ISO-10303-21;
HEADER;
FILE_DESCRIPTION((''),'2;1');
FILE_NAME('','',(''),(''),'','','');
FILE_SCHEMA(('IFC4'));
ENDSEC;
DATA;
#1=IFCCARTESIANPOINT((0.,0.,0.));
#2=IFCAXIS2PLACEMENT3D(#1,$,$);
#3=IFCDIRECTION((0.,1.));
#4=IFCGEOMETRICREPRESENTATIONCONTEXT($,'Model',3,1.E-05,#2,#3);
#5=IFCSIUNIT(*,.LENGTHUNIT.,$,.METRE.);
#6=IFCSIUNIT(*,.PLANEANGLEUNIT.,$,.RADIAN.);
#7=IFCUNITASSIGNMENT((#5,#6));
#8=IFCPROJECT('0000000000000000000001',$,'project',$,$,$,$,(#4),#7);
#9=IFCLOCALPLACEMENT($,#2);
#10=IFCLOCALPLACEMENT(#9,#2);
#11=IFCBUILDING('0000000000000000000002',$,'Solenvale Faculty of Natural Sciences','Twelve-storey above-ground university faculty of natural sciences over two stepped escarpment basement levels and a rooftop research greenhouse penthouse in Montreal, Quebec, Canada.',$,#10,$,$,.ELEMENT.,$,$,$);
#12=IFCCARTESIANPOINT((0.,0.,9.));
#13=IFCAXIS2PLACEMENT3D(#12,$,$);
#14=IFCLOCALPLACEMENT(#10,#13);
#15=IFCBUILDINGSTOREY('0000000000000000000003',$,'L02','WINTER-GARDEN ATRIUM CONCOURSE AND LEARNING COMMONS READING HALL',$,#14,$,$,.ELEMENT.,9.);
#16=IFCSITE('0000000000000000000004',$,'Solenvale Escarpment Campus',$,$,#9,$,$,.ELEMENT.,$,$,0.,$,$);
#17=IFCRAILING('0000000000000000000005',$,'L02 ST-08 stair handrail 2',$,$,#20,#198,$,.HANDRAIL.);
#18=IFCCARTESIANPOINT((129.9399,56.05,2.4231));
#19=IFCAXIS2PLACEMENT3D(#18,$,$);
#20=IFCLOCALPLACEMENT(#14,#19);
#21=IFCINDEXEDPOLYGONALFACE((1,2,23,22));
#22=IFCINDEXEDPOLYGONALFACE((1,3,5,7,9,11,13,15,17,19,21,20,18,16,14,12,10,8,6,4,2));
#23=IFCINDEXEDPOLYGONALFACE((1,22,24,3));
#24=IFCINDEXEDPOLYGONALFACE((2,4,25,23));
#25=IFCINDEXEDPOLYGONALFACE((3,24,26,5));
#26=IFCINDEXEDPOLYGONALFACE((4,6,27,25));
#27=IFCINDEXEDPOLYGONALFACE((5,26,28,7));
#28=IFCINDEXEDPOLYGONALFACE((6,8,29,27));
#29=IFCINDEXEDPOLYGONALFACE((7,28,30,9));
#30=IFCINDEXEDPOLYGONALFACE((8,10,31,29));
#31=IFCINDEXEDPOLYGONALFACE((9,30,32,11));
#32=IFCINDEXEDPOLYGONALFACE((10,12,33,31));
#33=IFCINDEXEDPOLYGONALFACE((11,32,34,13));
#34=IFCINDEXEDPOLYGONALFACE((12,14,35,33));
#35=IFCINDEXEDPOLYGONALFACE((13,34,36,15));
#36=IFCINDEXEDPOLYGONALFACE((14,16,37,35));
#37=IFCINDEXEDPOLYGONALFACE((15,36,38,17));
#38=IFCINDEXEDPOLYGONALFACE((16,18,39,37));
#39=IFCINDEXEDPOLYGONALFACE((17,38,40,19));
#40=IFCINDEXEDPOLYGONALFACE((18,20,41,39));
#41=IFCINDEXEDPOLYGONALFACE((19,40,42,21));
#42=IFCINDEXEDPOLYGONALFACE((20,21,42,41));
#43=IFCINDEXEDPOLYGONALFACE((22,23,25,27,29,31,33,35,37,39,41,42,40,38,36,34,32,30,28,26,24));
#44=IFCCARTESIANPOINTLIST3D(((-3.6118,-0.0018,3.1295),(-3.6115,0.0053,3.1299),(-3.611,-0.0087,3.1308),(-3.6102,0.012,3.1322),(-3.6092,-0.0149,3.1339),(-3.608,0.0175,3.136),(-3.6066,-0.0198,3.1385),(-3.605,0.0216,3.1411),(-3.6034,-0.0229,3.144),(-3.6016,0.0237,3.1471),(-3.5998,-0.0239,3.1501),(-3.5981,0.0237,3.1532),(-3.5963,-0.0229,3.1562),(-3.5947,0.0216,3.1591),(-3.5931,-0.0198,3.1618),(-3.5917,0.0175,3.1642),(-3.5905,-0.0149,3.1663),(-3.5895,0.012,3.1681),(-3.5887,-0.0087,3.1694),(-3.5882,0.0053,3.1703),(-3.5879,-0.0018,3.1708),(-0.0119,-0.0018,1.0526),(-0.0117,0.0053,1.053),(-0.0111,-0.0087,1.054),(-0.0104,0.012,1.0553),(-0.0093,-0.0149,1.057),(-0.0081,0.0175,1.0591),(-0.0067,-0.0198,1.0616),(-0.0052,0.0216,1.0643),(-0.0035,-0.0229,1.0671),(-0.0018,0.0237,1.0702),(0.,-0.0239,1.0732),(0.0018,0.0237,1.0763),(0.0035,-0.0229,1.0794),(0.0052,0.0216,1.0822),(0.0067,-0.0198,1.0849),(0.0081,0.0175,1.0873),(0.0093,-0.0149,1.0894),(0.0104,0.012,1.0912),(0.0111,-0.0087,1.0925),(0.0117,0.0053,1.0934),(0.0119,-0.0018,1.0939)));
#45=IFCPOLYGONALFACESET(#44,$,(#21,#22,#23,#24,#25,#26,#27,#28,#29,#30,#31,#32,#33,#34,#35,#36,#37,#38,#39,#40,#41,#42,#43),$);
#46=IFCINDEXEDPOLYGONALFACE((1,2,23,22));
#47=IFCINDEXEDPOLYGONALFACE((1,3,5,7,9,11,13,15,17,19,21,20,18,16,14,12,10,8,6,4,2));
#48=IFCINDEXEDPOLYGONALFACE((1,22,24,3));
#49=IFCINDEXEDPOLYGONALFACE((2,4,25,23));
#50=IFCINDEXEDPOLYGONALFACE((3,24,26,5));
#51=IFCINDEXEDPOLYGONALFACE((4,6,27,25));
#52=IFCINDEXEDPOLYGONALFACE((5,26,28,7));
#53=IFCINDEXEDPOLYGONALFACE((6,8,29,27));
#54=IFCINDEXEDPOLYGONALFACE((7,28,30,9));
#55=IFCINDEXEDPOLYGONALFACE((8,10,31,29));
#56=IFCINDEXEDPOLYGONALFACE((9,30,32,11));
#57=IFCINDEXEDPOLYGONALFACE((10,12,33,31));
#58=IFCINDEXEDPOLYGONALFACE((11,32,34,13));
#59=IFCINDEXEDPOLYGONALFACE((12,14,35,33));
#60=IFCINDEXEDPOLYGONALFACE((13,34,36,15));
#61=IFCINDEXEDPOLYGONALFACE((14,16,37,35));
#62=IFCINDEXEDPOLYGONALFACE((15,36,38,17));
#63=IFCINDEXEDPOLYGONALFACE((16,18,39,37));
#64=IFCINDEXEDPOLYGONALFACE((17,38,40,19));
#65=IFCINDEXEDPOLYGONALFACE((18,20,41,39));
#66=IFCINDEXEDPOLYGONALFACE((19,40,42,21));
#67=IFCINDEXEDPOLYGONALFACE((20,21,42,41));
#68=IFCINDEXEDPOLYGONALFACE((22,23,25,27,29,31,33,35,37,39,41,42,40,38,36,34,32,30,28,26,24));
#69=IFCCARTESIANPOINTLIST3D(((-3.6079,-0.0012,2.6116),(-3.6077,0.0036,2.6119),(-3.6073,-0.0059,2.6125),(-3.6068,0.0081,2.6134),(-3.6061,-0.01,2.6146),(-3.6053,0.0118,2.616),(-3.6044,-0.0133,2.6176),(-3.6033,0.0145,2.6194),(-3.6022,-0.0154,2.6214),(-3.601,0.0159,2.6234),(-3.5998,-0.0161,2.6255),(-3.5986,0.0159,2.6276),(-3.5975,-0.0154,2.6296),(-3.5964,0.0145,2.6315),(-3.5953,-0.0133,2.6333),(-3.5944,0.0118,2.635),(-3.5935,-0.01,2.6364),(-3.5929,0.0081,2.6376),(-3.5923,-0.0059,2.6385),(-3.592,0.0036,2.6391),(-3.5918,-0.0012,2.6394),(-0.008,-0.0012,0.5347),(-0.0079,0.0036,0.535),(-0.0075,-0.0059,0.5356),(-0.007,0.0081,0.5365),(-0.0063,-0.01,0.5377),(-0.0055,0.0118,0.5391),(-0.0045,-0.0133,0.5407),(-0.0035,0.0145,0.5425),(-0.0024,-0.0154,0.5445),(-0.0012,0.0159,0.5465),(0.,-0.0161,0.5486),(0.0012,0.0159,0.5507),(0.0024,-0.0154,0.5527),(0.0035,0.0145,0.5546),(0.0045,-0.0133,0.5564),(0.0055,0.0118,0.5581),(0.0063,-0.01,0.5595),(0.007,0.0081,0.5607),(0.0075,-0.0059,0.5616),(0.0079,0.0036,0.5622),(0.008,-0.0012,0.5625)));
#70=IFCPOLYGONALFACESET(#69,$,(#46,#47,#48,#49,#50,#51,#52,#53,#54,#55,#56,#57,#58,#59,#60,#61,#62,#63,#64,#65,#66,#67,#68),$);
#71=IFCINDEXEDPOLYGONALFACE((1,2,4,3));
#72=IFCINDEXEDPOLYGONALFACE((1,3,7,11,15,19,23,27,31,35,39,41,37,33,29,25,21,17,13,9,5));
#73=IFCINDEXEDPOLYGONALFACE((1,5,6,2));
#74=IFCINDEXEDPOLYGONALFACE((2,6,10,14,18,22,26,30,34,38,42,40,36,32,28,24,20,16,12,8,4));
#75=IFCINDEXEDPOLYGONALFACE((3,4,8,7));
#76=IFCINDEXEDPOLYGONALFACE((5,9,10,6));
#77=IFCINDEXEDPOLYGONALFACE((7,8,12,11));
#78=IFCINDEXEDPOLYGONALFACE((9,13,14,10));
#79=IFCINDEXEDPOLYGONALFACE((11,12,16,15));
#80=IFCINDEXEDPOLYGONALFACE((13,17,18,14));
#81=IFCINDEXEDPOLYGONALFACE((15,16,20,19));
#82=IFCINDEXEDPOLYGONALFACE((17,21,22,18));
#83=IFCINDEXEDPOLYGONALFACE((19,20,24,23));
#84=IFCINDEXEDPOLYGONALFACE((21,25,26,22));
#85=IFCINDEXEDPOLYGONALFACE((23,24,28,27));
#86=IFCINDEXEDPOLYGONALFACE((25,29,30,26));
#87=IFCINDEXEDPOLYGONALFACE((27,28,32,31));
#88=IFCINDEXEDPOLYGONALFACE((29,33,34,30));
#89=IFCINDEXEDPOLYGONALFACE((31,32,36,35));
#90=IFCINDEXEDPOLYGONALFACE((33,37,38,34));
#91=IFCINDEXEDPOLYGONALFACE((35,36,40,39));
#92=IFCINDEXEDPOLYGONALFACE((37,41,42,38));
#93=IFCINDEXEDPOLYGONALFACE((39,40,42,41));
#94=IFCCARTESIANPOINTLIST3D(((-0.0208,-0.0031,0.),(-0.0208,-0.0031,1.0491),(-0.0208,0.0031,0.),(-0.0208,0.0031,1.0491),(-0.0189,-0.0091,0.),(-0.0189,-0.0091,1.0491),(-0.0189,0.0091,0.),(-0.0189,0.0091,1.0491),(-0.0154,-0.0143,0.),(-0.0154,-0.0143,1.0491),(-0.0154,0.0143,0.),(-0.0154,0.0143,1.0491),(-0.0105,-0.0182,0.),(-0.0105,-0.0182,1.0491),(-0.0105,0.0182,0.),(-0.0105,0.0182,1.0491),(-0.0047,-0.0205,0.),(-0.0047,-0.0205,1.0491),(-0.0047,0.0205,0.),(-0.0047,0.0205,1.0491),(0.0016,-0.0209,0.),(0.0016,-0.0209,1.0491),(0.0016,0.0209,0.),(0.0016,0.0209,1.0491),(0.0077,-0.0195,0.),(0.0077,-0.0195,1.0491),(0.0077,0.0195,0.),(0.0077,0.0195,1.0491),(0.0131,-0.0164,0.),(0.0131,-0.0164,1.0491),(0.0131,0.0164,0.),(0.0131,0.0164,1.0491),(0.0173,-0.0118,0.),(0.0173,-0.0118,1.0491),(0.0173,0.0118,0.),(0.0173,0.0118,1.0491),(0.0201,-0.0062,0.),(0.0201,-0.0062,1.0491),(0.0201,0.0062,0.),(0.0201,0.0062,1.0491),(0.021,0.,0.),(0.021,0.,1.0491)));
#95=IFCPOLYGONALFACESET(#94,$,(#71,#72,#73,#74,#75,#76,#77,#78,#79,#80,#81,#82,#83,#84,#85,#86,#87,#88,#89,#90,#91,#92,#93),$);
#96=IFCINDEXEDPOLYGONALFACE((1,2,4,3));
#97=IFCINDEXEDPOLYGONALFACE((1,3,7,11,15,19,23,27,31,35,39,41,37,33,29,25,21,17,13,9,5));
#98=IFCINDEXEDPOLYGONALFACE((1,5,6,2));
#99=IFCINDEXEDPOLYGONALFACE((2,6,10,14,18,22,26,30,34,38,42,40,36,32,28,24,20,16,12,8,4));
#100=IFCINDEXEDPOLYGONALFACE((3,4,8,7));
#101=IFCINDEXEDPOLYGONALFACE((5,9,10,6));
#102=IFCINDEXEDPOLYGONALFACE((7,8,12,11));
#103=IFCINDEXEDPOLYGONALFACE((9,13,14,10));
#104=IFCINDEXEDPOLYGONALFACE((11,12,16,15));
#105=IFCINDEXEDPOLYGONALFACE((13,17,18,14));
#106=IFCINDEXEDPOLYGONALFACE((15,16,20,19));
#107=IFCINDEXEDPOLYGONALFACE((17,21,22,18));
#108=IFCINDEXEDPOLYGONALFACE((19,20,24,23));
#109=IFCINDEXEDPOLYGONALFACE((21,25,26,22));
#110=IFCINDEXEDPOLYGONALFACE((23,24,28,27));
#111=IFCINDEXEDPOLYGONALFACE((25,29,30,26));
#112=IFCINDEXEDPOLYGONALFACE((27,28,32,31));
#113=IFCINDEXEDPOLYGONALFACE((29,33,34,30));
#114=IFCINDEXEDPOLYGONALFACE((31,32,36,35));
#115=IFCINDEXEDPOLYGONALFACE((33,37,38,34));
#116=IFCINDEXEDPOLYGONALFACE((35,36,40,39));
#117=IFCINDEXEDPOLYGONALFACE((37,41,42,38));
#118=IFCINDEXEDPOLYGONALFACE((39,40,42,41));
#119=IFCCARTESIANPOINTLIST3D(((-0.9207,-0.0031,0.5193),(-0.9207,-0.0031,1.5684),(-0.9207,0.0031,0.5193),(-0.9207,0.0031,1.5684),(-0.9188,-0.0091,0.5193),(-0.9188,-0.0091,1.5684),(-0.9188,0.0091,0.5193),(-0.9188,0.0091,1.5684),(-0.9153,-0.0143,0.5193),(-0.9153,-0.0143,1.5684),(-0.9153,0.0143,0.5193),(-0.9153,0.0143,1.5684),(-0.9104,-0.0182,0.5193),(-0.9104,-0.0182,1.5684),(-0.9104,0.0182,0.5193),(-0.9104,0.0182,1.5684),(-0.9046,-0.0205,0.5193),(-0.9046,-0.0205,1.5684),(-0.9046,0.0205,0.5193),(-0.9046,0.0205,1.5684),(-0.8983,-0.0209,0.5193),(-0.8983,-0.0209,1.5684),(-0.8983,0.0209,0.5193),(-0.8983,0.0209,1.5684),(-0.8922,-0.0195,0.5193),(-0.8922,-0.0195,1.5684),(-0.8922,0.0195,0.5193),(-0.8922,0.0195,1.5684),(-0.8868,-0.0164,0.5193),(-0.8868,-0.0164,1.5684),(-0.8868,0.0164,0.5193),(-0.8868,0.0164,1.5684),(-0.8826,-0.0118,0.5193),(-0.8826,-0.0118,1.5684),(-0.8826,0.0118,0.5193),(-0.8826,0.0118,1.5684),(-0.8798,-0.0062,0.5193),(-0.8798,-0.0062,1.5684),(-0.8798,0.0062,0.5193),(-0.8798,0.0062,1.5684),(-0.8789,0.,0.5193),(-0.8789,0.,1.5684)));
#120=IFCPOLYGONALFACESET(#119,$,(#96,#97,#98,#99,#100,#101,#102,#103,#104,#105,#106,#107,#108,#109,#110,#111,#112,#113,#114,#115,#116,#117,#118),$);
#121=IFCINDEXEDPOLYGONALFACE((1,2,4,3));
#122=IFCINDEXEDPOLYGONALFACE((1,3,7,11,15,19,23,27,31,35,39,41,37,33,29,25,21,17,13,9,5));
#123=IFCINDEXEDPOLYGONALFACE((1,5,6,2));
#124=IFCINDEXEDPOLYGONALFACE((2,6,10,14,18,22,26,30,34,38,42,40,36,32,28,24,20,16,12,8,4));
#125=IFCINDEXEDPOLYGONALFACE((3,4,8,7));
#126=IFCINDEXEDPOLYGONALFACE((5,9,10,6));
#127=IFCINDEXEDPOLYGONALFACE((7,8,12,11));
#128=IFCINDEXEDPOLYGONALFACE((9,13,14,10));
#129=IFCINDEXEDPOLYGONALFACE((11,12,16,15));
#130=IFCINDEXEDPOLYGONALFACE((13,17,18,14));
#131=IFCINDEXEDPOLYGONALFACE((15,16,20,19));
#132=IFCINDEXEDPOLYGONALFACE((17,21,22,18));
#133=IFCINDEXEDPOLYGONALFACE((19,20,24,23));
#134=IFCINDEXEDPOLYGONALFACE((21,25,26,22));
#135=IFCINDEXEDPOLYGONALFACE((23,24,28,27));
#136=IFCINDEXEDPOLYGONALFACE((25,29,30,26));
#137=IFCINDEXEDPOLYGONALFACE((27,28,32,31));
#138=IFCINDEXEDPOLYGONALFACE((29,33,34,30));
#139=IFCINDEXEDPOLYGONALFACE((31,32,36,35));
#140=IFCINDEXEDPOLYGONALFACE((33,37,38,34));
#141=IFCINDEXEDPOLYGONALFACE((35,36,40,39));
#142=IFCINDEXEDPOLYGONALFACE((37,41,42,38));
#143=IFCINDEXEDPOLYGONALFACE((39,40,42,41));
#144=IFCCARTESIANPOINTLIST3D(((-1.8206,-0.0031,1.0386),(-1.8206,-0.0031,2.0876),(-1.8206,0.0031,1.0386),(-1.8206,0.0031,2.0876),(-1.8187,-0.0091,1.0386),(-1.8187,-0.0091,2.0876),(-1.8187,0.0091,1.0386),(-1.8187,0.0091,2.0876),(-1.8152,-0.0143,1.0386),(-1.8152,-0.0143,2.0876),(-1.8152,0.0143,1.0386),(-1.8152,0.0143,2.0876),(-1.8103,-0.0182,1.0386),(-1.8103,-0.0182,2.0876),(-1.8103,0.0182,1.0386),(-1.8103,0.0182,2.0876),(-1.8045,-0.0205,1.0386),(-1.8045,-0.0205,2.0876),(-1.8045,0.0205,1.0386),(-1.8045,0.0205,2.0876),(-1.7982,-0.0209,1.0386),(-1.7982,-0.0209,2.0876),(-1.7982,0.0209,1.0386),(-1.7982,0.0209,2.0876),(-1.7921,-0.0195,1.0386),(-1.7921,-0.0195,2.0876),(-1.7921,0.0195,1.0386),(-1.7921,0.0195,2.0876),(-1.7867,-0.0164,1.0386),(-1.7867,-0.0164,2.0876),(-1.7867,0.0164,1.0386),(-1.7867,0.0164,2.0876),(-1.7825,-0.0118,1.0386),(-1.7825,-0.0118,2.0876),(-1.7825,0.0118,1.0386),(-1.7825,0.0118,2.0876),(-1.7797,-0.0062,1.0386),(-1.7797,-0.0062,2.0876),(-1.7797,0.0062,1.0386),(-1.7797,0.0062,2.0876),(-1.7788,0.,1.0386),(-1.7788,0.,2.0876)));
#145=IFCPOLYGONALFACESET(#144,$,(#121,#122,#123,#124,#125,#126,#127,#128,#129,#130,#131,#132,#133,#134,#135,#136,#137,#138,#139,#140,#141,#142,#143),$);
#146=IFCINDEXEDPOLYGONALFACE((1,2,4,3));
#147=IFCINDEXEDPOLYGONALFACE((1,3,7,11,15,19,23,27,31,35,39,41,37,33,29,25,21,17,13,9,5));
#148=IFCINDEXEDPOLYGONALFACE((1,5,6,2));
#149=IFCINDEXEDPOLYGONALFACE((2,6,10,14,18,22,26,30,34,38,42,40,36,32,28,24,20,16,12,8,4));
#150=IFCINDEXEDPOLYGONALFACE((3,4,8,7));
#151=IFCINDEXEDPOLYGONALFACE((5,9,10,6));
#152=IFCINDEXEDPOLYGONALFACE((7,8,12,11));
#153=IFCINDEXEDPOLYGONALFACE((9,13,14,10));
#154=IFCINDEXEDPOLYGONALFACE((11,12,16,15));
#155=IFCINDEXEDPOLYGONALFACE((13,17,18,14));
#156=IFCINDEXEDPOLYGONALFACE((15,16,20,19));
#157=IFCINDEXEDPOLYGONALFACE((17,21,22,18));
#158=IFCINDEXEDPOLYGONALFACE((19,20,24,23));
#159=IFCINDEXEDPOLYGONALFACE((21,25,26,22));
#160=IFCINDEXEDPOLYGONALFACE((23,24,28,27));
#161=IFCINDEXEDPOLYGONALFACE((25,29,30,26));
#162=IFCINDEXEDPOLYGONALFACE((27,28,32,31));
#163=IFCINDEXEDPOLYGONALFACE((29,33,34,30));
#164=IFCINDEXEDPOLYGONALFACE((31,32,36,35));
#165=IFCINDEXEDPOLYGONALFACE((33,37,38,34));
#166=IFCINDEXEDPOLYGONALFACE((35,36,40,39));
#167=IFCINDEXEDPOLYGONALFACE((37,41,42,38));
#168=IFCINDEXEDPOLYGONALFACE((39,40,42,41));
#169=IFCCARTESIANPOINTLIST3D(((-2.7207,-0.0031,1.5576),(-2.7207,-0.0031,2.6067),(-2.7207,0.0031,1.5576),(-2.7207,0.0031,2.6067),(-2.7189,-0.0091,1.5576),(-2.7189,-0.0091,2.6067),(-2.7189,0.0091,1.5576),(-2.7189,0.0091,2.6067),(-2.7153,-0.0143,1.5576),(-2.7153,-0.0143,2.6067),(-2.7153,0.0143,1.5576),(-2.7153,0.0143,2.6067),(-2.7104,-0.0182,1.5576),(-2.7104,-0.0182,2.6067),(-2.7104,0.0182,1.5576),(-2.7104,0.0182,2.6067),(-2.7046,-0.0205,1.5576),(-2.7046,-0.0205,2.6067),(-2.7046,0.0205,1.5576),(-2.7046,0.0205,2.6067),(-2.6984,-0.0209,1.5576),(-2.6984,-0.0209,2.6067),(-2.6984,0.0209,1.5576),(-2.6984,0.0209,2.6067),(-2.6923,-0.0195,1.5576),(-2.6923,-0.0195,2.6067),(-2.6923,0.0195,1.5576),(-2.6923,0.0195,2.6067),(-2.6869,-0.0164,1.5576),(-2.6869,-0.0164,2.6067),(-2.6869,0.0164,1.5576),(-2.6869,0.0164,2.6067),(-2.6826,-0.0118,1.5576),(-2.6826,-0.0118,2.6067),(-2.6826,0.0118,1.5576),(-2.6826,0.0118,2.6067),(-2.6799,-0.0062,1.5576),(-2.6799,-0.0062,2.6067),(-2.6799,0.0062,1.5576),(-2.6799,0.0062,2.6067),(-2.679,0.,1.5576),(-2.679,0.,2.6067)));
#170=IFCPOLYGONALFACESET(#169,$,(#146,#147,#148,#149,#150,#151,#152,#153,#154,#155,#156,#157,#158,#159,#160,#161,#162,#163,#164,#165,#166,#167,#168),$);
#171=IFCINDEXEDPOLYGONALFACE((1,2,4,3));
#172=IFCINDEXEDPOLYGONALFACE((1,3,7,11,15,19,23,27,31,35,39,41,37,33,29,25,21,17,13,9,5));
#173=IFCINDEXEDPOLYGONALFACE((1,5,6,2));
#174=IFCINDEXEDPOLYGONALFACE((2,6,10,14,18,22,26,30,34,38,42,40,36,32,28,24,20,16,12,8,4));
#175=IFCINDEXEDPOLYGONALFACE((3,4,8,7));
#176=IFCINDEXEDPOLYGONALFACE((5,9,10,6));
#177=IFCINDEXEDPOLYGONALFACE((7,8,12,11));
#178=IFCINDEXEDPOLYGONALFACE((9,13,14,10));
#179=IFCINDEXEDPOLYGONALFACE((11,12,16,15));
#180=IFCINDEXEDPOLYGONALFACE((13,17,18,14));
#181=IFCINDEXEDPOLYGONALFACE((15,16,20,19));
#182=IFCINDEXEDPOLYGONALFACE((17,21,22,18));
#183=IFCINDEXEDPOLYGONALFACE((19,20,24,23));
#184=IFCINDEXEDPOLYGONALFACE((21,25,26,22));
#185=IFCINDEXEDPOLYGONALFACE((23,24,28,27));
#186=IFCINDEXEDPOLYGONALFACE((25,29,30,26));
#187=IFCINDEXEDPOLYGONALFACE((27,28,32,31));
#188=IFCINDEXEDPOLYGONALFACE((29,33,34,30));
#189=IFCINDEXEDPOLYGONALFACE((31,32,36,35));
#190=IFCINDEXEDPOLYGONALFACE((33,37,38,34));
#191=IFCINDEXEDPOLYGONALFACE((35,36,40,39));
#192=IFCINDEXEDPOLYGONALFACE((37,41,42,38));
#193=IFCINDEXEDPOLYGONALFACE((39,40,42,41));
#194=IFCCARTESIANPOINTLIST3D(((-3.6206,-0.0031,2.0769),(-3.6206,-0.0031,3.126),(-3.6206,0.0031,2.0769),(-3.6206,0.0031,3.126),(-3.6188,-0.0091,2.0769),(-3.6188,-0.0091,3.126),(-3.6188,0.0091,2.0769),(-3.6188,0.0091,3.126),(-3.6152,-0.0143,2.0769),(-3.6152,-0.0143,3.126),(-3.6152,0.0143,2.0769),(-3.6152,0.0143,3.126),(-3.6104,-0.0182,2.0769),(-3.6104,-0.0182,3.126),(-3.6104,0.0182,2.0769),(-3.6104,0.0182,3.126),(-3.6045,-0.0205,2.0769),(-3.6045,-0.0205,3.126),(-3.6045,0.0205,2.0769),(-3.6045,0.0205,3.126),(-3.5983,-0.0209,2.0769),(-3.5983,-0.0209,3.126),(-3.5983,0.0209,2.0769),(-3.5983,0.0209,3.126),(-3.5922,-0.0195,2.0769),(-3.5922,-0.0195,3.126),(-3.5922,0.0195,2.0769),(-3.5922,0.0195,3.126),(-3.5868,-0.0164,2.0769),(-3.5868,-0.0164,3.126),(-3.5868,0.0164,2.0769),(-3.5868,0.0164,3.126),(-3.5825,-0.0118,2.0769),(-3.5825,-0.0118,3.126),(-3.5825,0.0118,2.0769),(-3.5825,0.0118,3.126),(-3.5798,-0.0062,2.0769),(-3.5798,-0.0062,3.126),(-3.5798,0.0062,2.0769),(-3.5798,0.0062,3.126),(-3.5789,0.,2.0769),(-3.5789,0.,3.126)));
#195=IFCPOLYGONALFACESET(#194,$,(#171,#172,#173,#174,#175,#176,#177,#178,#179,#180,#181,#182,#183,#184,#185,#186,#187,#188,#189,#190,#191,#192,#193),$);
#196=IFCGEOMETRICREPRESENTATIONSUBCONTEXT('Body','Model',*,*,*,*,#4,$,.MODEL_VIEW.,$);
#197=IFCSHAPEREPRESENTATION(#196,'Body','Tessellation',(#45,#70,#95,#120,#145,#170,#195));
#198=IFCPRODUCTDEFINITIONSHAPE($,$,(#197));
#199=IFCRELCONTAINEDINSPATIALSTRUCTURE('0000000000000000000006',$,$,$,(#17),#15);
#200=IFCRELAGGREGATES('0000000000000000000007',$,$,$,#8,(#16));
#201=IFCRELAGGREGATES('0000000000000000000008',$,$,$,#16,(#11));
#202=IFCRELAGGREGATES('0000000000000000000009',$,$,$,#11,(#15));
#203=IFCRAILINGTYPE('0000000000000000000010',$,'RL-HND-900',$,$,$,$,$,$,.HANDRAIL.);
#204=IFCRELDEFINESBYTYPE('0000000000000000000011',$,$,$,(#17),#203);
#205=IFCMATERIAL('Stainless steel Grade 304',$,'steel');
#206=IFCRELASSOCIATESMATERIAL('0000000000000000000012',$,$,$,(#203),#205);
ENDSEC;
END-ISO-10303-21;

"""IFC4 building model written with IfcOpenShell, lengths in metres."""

from ifc_helpers import new_model, si_unit, direction, frame, origin, origin_2d, place, context, subcontext, project, spatial, circle, extrude, material, type_object, element, save


model = new_model("IFC4")

# Units and contexts
model_context = context("Model", 3, precision=1e-05, world=origin(), true_north=direction((0.0, 1.0)))
body_context = subcontext(model_context, "Body", "Model", "MODEL_VIEW")
ifc_project = project(units=[si_unit("LENGTHUNIT", "METRE"), si_unit("PLANEANGLEUNIT", "RADIAN")], contexts=[model_context])

# Site, building, storey
site_placement = place(None, origin())
site = spatial("IfcSite", under=ifc_project, at=site_placement, Name="Solenvale Escarpment Campus", CompositionType="ELEMENT", RefElevation=0.0)
building_placement = place(site_placement, origin())
building = spatial("IfcBuilding", under=site, at=building_placement, Name="Solenvale Faculty of Natural Sciences", Description="Twelve-storey above-ground university faculty of natural sciences over two stepped escarpment basement levels and a rooftop research greenhouse penthouse in Montreal, Quebec, Canada.", CompositionType="ELEMENT")
storey_placement = place(building_placement, frame((0.0, 0.0, 9.0)))
storey = spatial("IfcBuildingStorey", under=building, at=storey_placement, Name="L02", Description="WINTER-GARDEN ATRIUM CONCOURSE AND LEARNING COMMONS READING HALL", CompositionType="ELEMENT", Elevation=9.0)

# Railing
ifc_material_1 = material(Name="Stainless steel Grade 304", Category="steel")
railing_type = type_object("IfcRailingType", Name="RL-HND-900", PredefinedType="HANDRAIL", material=ifc_material_1)
railing_placement = place(storey_placement, frame((129.9399, 56.05, 2.4231)))
element("IfcRailing", 1, at=railing_placement, inside=storey, type_object=railing_type, Name="L02 ST-08 stair handrail 2", PredefinedType="HANDRAIL", context=body_context, shape_type="SweptSolid", body=[
    extrude(circle(Radius=0.0239, at=origin_2d()), frame((0.0, 0.0, 1.0732), z_axis=(-0.866179, 0.0, 0.499734), x_axis=(0.0, -1.0, 0.0)), (0.0, 0.0, 1.0), 4.156),
    extrude(circle(Radius=0.0161, at=origin_2d()), frame((0.0, 0.0, 0.5486), z_axis=(-0.866179, 0.0, 0.499734), x_axis=(0.0, -1.0, 0.0)), (0.0, 0.0, 1.0), 4.156),
    extrude(circle(Radius=0.021, at=origin_2d()), origin(), (0.0, 0.0, 1.0), 1.0491),
    extrude(circle(Radius=0.021, at=origin_2d()), frame((-0.8999, 0.0, 0.5193)), (0.0, 0.0, 1.0), 1.0491),
    extrude(circle(Radius=0.021, at=origin_2d()), frame((-1.7998, 0.0, 1.0386)), (0.0, 0.0, 1.0), 1.0491),
    extrude(circle(Radius=0.021, at=origin_2d()), frame((-2.7, 0.0, 1.5576)), (0.0, 0.0, 1.0), 1.0491),
    extrude(circle(Radius=0.021, at=origin_2d()), frame((-3.5999, 0.0, 2.0769)), (0.0, 0.0, 1.0), 1.0491),
])

save(model, "model.ifc")
